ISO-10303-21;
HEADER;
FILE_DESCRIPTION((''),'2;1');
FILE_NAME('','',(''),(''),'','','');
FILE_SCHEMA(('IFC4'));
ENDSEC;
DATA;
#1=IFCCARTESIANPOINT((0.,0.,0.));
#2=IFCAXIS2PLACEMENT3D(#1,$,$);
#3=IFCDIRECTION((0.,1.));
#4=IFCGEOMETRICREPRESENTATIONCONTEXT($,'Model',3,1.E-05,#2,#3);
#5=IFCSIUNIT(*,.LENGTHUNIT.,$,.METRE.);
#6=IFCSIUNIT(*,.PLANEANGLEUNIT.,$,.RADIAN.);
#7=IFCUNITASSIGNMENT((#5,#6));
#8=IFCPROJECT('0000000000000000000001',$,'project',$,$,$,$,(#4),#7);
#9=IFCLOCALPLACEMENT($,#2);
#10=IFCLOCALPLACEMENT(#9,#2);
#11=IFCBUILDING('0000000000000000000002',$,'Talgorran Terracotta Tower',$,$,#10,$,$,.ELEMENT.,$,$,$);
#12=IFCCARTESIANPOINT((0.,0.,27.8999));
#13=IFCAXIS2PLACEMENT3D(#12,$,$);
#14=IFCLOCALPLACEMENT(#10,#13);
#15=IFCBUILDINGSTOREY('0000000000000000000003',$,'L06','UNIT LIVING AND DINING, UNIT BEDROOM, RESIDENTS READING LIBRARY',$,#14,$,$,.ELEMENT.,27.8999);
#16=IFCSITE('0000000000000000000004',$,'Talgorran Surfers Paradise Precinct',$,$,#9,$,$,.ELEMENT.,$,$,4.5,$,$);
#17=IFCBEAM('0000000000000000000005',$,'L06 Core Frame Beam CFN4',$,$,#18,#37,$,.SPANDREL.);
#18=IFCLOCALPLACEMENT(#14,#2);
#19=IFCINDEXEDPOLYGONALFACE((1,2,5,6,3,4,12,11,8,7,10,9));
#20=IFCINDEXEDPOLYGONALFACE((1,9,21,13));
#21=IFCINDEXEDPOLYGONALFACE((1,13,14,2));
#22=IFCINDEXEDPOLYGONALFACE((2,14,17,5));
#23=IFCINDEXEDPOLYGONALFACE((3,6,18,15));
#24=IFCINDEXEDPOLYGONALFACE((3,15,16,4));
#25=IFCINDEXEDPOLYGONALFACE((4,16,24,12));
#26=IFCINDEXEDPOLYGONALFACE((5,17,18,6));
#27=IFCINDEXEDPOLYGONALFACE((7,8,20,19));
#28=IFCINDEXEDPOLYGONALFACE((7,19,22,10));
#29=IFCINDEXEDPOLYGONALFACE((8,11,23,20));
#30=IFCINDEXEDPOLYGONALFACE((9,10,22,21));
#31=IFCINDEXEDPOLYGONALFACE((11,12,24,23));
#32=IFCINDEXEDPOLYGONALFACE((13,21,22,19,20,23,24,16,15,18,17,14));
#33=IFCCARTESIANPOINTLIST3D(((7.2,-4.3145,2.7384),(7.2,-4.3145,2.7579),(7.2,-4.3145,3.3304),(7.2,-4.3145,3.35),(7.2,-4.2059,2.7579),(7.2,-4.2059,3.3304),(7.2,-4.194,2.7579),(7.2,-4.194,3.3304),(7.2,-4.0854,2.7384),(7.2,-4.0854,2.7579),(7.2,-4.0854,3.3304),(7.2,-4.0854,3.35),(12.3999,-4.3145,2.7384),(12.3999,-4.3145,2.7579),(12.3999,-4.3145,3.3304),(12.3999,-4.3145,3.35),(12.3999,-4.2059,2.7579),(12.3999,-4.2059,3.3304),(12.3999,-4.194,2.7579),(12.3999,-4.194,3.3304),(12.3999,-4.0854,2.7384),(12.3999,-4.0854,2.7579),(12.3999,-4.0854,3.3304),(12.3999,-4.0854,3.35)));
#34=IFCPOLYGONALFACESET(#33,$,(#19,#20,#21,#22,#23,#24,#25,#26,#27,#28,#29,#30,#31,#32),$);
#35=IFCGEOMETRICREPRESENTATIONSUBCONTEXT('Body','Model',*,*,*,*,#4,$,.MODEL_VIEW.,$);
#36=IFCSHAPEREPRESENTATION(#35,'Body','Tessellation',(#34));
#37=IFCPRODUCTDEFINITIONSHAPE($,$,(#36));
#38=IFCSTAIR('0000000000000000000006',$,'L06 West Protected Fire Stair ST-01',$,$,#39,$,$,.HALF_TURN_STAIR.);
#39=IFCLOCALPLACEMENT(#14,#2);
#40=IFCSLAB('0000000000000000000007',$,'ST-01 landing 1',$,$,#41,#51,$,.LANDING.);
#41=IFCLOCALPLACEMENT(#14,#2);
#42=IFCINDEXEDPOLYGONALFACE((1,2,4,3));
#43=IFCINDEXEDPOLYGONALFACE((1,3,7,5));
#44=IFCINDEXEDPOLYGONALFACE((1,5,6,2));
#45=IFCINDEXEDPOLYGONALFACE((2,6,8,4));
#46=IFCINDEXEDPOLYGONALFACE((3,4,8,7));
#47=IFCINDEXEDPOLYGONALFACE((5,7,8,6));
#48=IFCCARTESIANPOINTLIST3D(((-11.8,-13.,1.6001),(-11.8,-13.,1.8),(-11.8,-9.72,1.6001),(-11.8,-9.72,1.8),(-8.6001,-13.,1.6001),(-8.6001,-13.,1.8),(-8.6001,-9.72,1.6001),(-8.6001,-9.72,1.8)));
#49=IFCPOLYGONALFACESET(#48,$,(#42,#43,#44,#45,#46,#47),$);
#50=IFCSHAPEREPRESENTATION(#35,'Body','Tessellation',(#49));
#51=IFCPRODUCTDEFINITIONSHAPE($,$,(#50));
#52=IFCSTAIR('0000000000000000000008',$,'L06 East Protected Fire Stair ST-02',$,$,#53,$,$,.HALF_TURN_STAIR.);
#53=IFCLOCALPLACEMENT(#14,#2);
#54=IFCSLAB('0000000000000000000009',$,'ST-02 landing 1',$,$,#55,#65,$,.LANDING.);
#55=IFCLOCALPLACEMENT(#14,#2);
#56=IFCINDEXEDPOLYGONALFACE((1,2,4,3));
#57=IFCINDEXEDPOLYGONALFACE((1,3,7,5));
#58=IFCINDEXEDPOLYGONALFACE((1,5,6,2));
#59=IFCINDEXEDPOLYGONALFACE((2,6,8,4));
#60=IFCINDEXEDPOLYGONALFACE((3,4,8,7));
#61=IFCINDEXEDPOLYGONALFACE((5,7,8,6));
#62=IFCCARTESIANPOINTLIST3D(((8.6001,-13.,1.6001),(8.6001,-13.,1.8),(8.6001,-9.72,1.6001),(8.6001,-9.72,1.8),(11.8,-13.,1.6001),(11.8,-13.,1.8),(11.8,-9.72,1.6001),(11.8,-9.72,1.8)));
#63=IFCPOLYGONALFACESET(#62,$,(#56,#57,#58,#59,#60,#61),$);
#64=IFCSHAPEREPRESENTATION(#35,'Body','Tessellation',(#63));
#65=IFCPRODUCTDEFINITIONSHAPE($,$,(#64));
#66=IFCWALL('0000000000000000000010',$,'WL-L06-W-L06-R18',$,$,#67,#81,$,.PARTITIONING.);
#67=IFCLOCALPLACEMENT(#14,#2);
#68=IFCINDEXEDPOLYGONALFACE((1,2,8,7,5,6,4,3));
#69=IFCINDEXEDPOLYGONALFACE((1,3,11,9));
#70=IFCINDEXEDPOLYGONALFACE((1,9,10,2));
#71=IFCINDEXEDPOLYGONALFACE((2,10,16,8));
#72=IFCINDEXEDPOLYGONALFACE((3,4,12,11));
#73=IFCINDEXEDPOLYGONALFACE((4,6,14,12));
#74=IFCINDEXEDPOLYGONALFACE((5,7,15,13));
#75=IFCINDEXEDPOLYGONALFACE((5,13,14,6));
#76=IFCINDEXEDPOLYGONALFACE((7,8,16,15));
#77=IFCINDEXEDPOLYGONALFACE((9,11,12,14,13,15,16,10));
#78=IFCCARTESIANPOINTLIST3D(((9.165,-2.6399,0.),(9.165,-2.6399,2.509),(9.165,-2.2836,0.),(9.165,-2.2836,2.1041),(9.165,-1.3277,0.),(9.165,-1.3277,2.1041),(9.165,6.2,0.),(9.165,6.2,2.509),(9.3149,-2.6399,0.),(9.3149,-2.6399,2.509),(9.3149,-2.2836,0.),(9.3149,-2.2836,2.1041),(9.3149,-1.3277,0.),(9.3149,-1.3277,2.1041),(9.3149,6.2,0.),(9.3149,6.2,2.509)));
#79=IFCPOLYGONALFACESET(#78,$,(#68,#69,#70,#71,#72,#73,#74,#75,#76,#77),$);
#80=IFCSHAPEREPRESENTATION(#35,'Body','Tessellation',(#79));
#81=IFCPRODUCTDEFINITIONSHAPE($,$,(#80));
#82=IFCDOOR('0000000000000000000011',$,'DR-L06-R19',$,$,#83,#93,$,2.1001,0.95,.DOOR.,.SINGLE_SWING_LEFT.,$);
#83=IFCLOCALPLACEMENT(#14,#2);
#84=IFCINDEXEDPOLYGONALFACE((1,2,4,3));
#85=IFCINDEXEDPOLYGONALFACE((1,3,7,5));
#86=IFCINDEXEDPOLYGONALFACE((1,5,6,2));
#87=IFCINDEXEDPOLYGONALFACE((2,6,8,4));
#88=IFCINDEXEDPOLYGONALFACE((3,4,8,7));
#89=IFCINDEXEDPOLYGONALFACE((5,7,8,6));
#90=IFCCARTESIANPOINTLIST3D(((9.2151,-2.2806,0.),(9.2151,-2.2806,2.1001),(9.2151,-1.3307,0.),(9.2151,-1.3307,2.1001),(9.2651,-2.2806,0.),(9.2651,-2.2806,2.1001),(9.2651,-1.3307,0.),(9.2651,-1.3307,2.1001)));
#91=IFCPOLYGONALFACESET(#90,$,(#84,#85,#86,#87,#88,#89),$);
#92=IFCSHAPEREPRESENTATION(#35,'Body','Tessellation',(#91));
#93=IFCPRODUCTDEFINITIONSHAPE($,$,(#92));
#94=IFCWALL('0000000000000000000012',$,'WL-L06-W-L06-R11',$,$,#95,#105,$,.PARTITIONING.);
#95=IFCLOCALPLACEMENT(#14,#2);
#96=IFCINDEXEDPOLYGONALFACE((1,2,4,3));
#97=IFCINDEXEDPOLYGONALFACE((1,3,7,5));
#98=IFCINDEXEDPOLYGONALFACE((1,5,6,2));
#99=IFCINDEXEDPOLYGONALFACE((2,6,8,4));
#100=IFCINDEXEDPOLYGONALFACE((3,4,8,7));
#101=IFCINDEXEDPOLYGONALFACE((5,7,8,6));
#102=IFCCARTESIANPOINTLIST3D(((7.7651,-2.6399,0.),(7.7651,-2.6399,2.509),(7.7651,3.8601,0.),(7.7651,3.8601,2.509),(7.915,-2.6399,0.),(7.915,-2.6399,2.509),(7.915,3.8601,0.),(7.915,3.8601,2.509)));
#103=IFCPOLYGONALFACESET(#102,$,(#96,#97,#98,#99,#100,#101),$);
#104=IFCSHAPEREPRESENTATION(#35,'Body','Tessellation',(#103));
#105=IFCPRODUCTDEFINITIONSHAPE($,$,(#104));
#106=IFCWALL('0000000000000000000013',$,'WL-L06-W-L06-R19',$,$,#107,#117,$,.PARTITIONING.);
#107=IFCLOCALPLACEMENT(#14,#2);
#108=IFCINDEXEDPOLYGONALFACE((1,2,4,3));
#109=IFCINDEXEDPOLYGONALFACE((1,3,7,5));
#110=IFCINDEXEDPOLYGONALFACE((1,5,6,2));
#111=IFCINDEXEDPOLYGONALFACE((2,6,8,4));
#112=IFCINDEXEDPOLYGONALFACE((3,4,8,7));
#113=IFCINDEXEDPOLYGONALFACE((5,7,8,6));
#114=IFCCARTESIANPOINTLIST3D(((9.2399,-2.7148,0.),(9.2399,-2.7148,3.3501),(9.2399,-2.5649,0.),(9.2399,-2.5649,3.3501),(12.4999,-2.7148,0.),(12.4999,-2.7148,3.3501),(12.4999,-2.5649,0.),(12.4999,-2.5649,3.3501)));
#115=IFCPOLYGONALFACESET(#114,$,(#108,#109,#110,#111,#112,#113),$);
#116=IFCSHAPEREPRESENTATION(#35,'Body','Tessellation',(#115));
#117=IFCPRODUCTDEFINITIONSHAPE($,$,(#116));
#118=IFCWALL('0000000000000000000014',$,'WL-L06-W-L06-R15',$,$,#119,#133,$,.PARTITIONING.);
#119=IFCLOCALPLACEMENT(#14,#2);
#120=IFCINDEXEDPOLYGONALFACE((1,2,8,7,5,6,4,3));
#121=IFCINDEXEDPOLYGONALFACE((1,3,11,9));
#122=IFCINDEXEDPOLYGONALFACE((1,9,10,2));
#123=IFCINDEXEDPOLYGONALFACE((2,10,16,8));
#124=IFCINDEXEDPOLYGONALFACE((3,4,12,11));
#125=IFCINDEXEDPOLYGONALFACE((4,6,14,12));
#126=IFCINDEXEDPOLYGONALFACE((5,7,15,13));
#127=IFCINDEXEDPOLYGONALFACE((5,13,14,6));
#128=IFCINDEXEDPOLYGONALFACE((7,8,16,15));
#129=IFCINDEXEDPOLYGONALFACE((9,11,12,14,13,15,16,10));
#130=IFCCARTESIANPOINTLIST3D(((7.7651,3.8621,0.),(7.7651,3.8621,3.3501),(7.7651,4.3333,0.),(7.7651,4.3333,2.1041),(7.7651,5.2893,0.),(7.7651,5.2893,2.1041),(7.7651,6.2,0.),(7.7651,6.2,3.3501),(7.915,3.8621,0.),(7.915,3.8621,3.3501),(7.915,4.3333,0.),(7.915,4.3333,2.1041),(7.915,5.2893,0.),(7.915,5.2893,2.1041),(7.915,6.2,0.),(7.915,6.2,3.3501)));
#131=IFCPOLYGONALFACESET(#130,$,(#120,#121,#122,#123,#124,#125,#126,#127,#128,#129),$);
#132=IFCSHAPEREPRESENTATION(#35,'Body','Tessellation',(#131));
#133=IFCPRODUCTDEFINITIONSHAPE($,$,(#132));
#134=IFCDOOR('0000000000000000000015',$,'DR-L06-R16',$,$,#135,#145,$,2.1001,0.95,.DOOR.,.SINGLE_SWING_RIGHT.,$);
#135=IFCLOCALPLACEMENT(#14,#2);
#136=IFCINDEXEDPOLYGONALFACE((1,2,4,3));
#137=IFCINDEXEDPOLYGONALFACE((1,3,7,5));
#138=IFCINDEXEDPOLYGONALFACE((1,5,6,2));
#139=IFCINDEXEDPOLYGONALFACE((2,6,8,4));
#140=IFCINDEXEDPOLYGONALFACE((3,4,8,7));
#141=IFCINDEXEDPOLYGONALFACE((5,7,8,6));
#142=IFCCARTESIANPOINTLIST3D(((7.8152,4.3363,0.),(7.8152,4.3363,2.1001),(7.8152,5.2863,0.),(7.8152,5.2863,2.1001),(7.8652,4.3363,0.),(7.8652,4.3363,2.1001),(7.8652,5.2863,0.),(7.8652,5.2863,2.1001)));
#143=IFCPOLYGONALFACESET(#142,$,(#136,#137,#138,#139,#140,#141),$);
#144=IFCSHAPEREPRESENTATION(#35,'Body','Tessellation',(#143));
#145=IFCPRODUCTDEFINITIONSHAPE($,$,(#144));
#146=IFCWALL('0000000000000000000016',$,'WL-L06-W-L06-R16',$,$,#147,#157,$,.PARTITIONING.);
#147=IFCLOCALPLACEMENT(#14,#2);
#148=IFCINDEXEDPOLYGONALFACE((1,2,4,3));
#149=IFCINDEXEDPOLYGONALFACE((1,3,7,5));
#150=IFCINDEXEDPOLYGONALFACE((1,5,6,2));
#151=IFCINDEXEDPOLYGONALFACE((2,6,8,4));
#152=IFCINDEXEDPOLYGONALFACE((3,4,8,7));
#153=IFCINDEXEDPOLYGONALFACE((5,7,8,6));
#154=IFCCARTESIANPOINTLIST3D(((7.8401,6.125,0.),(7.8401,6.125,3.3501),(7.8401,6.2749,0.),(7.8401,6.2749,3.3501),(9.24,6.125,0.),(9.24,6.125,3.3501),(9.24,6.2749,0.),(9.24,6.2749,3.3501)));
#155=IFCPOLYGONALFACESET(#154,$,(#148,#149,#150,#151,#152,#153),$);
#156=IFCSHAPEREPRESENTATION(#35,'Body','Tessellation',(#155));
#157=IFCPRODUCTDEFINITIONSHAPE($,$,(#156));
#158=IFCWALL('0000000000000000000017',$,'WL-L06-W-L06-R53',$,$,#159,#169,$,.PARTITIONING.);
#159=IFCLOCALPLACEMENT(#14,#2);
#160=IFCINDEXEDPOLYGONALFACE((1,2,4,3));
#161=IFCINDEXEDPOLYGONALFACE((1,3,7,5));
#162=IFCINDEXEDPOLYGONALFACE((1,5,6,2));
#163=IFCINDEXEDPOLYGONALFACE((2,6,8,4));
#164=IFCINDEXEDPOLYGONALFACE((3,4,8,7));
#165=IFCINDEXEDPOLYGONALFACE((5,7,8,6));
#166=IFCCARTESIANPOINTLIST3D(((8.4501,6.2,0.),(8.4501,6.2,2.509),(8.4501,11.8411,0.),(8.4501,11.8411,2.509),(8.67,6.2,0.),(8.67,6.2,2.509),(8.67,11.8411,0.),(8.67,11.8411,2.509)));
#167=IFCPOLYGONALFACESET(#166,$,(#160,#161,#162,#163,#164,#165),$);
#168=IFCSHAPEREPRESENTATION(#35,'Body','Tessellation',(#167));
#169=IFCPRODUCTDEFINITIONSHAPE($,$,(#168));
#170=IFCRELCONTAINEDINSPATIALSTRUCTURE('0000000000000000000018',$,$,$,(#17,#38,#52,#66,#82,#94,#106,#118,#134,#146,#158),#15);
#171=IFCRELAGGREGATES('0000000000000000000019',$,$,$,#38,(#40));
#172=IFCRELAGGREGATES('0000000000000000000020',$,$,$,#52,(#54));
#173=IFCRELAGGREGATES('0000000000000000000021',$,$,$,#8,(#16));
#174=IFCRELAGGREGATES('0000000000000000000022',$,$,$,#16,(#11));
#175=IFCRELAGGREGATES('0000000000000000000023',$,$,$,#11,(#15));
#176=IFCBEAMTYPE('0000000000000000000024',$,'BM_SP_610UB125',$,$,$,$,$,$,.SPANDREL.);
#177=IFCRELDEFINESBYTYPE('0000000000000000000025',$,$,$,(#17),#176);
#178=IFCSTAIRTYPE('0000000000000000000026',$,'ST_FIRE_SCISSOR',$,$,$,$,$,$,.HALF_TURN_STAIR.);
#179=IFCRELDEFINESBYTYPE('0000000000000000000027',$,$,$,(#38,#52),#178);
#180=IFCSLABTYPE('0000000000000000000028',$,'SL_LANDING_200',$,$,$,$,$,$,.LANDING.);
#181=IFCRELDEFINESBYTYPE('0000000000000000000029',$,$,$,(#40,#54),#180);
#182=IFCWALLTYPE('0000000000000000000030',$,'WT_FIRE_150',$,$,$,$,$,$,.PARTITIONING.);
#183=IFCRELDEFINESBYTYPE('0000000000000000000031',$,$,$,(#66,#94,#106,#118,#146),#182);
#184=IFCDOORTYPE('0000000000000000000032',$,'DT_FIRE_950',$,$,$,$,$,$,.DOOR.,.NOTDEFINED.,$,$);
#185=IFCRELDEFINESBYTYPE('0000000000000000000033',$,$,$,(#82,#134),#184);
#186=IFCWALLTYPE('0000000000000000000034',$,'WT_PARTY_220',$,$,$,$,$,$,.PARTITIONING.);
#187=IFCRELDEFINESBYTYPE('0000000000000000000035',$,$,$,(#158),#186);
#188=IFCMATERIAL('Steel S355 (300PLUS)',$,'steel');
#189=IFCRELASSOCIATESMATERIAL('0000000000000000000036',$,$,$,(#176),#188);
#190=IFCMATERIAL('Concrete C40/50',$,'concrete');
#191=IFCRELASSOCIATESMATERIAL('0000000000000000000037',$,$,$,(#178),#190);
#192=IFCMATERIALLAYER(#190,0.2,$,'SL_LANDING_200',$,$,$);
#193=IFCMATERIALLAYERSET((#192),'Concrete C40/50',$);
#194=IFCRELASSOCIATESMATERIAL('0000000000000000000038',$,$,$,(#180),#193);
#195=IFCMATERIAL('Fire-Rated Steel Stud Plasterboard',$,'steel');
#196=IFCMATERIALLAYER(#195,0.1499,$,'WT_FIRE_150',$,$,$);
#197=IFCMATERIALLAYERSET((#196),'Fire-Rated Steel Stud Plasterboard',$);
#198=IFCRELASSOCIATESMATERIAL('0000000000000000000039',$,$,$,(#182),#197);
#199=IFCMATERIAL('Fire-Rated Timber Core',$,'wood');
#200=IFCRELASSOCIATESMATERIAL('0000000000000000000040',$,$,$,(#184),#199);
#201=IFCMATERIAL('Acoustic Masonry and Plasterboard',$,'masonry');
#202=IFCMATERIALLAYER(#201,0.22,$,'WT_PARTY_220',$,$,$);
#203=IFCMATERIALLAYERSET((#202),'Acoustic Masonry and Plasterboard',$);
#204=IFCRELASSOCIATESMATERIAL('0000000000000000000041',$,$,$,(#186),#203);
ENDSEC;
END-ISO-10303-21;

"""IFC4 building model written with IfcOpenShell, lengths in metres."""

from ifc_helpers import new_model, si_unit, direction, frame, frame_2d, origin, origin_2d, place, context, subcontext, project, spatial, polyline, rectangle, i_section, outline, extrude, material, layer, layer_set, material_profile, profile_set, type_object, element, fill, aggregate, save


model = new_model("IFC4")

# Units and contexts
model_context = context("Model", 3, precision=1e-05, world=origin(), true_north=direction((0.0, 1.0)))
body_context = subcontext(model_context, "Body", "Model", "MODEL_VIEW")
ifc_project = project(units=[si_unit("LENGTHUNIT", "METRE"), si_unit("PLANEANGLEUNIT", "RADIAN")], contexts=[model_context])

# Site, building, storey
site_placement = place(None, origin())
site = spatial("IfcSite", under=ifc_project, at=site_placement, Name="Talgorran Surfers Paradise Precinct", CompositionType="ELEMENT", RefElevation=4.5)
building_placement = place(site_placement, origin())
building = spatial("IfcBuilding", under=site, at=building_placement, Name="Talgorran Terracotta Tower", CompositionType="ELEMENT")
storey_placement = place(building_placement, frame((0.0, 0.0, 27.8999)))
storey = spatial("IfcBuildingStorey", under=building, at=storey_placement, Name="L06", Description="UNIT LIVING AND DINING, UNIT BEDROOM, RESIDENTS READING LIBRARY", CompositionType="ELEMENT", Elevation=27.8999)

# Shared definitions
ifc_material_1 = material(Name="Steel S355 (300PLUS)", Category="steel")

# Beam
ifc_material_profile_1 = material_profile(ifc_material_1, i_section(OverallWidth=0.229, OverallDepth=0.6116, WebThickness=0.012, FlangeThickness=0.0195, at=origin_2d()), Name="610UB125")
ifc_profile_set_1 = profile_set([ifc_material_profile_1], Name="Steel S355 (300PLUS)")
beam_type_1 = type_object("IfcBeamType", Name="BM_SP_610UB125", PredefinedType="SPANDREL", material=ifc_profile_set_1)
beam_1_placement = place(storey_placement, frame((7.2, -4.2, 3.0442), z_axis=(1.0, 0.0, 0.0), x_axis=(0.0, 1.0, 0.0)))
element("IfcBeam", 1, at=beam_1_placement, inside=storey, type_object=beam_type_1, Name="L06 Core Frame Beam CFN4", PredefinedType="SPANDREL", context=body_context, shape_type="SweptSolid", body=[
    extrude(i_section(OverallWidth=0.229, OverallDepth=0.6116, WebThickness=0.012, FlangeThickness=0.0195, at=origin_2d()), origin(), (0.0, 0.0, 1.0), 5.2),
])

# Stairs, slabs
ifc_material_2 = material(Name="Concrete C40/50", Category="concrete")
stair_type = type_object("IfcStairType", Name="ST_FIRE_SCISSOR", PredefinedType="HALF_TURN_STAIR", material=ifc_material_2)
stair_1_placement = place(storey_placement, origin())
stair_1 = element("IfcStair", 2, at=stair_1_placement, inside=storey, type_object=stair_type, Name="L06 West Protected Fire Stair ST-01", PredefinedType="HALF_TURN_STAIR")
ifc_layer_1 = layer(ifc_material_2, 0.2, Name="SL_LANDING_200")
ifc_layer_set_1 = layer_set([ifc_layer_1], Name="Concrete C40/50")
slab_type = type_object("IfcSlabType", Name="SL_LANDING_200", PredefinedType="LANDING", material=ifc_layer_set_1)
slab_1_placement = place(storey_placement, frame((0.0, 0.0, 1.6001)))
slab_1 = element("IfcSlab", 3, at=slab_1_placement, type_object=slab_type, Name="ST-01 landing 1", PredefinedType="LANDING", context=body_context, shape_type="SweptSolid", body=[
    extrude(outline(polyline([(-11.8, -9.72), (-11.8, -13.0), (-8.6001, -13.0), (-8.6001, -9.72), (-11.8, -9.72)])), origin(), (0.0, 0.0, 1.0), 0.2),
])
aggregate(stair_1, [slab_1])
stair_2_placement = place(storey_placement, origin())
stair_2 = element("IfcStair", 4, at=stair_2_placement, inside=storey, type_object=stair_type, Name="L06 East Protected Fire Stair ST-02", PredefinedType="HALF_TURN_STAIR")
slab_2_placement = place(storey_placement, frame((0.0, 0.0, 1.6001)))
slab_2 = element("IfcSlab", 5, at=slab_2_placement, type_object=slab_type, Name="ST-02 landing 1", PredefinedType="LANDING", context=body_context, shape_type="SweptSolid", body=[
    extrude(outline(polyline([(8.6001, -9.72), (8.6001, -13.0), (11.8, -13.0), (11.8, -9.72), (8.6001, -9.72)])), origin(), (0.0, 0.0, 1.0), 0.2),
])
aggregate(stair_2, [slab_2])

# Wall, opening, door
ifc_material_3 = material(Name="Fire-Rated Steel Stud Plasterboard", Category="steel")
ifc_layer_2 = layer(ifc_material_3, 0.1499, Name="WT_FIRE_150")
ifc_layer_set_2 = layer_set([ifc_layer_2], Name="Fire-Rated Steel Stud Plasterboard")
wall_type_1 = type_object("IfcWallType", Name="WT_FIRE_150", PredefinedType="PARTITIONING", material=ifc_layer_set_2)
wall_1_placement = place(storey_placement, frame((9.24, -2.6399, 0.0), z_axis=(0.0, 0.0, 1.0), x_axis=(0.0, 1.0, 0.0)))
wall_1 = element("IfcWall", 6, at=wall_1_placement, inside=storey, type_object=wall_type_1, Name="WL-L06-W-L06-R18", PredefinedType="PARTITIONING", context=body_context, shape_type="SweptSolid", body=[
    extrude(rectangle(XDim=8.8398, YDim=0.1499, at=frame_2d((4.4199, 0.0))), origin(), (0.0, 0.0, 1.0), 2.509),
])
opening_1_placement = place(wall_1_placement, frame((0.3591, 0.0, 0.0)))
opening_1 = element("IfcOpeningElement", 7, at=opening_1_placement, cuts=wall_1, PredefinedType="OPENING", context=body_context, shape_type="SweptSolid", body=[
    extrude(rectangle(XDim=0.956, YDim=2.1041, at=frame_2d((0.4751, 1.052))), frame((0.0, 0.085, 0.0), z_axis=(0.0, -1.0, 0.0), x_axis=(1.0, 0.0, 0.0)), (0.0, 0.0, 1.0), 0.1699),
])
ifc_material_4 = material(Name="Fire-Rated Timber Core", Category="wood")
door_type_1 = type_object("IfcDoorType", Name="DT_FIRE_950", OperationType="NOTDEFINED", PredefinedType="DOOR", material=ifc_material_4)
door_1_placement = place(opening_1_placement, origin())
door_1 = element("IfcDoor", 8, at=door_1_placement, inside=storey, type_object=door_type_1, Name="DR-L06-R19", OperationType="SINGLE_SWING_LEFT", OverallHeight=2.1001, OverallWidth=0.95, PredefinedType="DOOR", context=body_context, shape_type="SweptSolid", body=[
    extrude(rectangle(XDim=0.95, YDim=2.1001, at=frame_2d((0.4751, 1.05))), frame((0.0, 0.0249, 0.0), z_axis=(0.0, -1.0, 0.0), x_axis=(1.0, 0.0, 0.0)), (0.0, 0.0, 1.0), 0.05),
])
fill(opening_1, door_1)

# Walls
wall_2_placement = place(storey_placement, frame((7.8401, -2.6399, 0.0), z_axis=(0.0, 0.0, 1.0), x_axis=(0.0, 1.0, 0.0)))
element("IfcWall", 9, at=wall_2_placement, inside=storey, type_object=wall_type_1, Name="WL-L06-W-L06-R11", PredefinedType="PARTITIONING", context=body_context, shape_type="SweptSolid", body=[
    extrude(rectangle(XDim=6.5, YDim=0.1499, at=frame_2d((3.25, 0.0))), origin(), (0.0, 0.0, 1.0), 2.509),
])
wall_3_placement = place(storey_placement, frame((9.24, -2.6399, 0.0), z_axis=(0.0, 0.0, 1.0), x_axis=(1.0, 0.0, 0.0)))
element("IfcWall", 10, at=wall_3_placement, inside=storey, type_object=wall_type_1, Name="WL-L06-W-L06-R19", PredefinedType="PARTITIONING", context=body_context, shape_type="SweptSolid", body=[
    extrude(rectangle(XDim=3.26, YDim=0.1499, at=frame_2d((1.6299, 0.0))), origin(), (0.0, 0.0, 1.0), 3.3501),
])

# Wall, opening, door
wall_4_placement = place(storey_placement, frame((7.8401, 3.8621, 0.0), z_axis=(0.0, 0.0, 1.0), x_axis=(0.0, 1.0, 0.0)))
wall_4 = element("IfcWall", 11, at=wall_4_placement, inside=storey, type_object=wall_type_1, Name="WL-L06-W-L06-R15", PredefinedType="PARTITIONING", context=body_context, shape_type="SweptSolid", body=[
    extrude(rectangle(XDim=2.3379, YDim=0.1499, at=frame_2d((1.1689, 0.0))), origin(), (0.0, 0.0, 1.0), 3.3501),
])
opening_2_placement = place(wall_4_placement, frame((0.4741, 0.0, 0.0)))
opening_2 = element("IfcOpeningElement", 12, at=opening_2_placement, cuts=wall_4, PredefinedType="OPENING", context=body_context, shape_type="SweptSolid", body=[
    extrude(rectangle(XDim=0.956, YDim=2.1041, at=frame_2d((0.4751, 1.052))), frame((0.0, 0.085, 0.0), z_axis=(0.0, -1.0, 0.0), x_axis=(1.0, 0.0, 0.0)), (0.0, 0.0, 1.0), 0.1699),
])
door_2_placement = place(opening_2_placement, origin())
door_2 = element("IfcDoor", 13, at=door_2_placement, inside=storey, type_object=door_type_1, Name="DR-L06-R16", OperationType="SINGLE_SWING_RIGHT", OverallHeight=2.1001, OverallWidth=0.95, PredefinedType="DOOR", context=body_context, shape_type="SweptSolid", body=[
    extrude(rectangle(XDim=0.95, YDim=2.1001, at=frame_2d((0.4751, 1.05))), frame((0.0, 0.0249, 0.0), z_axis=(0.0, -1.0, 0.0), x_axis=(1.0, 0.0, 0.0)), (0.0, 0.0, 1.0), 0.05),
])
fill(opening_2, door_2)

# Walls
wall_5_placement = place(storey_placement, frame((7.8401, 6.2, 0.0), z_axis=(0.0, 0.0, 1.0), x_axis=(1.0, 0.0, 0.0)))
element("IfcWall", 14, at=wall_5_placement, inside=storey, type_object=wall_type_1, Name="WL-L06-W-L06-R16", PredefinedType="PARTITIONING", context=body_context, shape_type="SweptSolid", body=[
    extrude(rectangle(XDim=1.3999, YDim=0.1499, at=frame_2d((0.7, 0.0))), origin(), (0.0, 0.0, 1.0), 3.3501),
])
ifc_material_5 = material(Name="Acoustic Masonry and Plasterboard", Category="masonry")
ifc_layer_3 = layer(ifc_material_5, 0.22, Name="WT_PARTY_220")
ifc_layer_set_3 = layer_set([ifc_layer_3], Name="Acoustic Masonry and Plasterboard")
wall_type_2 = type_object("IfcWallType", Name="WT_PARTY_220", PredefinedType="PARTITIONING", material=ifc_layer_set_3)
wall_6_placement = place(storey_placement, frame((8.5601, 6.2, 0.0), z_axis=(0.0, 0.0, 1.0), x_axis=(0.0, 1.0, 0.0)))
element("IfcWall", 15, at=wall_6_placement, inside=storey, type_object=wall_type_2, Name="WL-L06-W-L06-R53", PredefinedType="PARTITIONING", context=body_context, shape_type="SweptSolid", body=[
    extrude(rectangle(XDim=5.6411, YDim=0.22, at=frame_2d((2.8206, 0.0))), origin(), (0.0, 0.0, 1.0), 2.509),
])

save(model, "model.ifc")
